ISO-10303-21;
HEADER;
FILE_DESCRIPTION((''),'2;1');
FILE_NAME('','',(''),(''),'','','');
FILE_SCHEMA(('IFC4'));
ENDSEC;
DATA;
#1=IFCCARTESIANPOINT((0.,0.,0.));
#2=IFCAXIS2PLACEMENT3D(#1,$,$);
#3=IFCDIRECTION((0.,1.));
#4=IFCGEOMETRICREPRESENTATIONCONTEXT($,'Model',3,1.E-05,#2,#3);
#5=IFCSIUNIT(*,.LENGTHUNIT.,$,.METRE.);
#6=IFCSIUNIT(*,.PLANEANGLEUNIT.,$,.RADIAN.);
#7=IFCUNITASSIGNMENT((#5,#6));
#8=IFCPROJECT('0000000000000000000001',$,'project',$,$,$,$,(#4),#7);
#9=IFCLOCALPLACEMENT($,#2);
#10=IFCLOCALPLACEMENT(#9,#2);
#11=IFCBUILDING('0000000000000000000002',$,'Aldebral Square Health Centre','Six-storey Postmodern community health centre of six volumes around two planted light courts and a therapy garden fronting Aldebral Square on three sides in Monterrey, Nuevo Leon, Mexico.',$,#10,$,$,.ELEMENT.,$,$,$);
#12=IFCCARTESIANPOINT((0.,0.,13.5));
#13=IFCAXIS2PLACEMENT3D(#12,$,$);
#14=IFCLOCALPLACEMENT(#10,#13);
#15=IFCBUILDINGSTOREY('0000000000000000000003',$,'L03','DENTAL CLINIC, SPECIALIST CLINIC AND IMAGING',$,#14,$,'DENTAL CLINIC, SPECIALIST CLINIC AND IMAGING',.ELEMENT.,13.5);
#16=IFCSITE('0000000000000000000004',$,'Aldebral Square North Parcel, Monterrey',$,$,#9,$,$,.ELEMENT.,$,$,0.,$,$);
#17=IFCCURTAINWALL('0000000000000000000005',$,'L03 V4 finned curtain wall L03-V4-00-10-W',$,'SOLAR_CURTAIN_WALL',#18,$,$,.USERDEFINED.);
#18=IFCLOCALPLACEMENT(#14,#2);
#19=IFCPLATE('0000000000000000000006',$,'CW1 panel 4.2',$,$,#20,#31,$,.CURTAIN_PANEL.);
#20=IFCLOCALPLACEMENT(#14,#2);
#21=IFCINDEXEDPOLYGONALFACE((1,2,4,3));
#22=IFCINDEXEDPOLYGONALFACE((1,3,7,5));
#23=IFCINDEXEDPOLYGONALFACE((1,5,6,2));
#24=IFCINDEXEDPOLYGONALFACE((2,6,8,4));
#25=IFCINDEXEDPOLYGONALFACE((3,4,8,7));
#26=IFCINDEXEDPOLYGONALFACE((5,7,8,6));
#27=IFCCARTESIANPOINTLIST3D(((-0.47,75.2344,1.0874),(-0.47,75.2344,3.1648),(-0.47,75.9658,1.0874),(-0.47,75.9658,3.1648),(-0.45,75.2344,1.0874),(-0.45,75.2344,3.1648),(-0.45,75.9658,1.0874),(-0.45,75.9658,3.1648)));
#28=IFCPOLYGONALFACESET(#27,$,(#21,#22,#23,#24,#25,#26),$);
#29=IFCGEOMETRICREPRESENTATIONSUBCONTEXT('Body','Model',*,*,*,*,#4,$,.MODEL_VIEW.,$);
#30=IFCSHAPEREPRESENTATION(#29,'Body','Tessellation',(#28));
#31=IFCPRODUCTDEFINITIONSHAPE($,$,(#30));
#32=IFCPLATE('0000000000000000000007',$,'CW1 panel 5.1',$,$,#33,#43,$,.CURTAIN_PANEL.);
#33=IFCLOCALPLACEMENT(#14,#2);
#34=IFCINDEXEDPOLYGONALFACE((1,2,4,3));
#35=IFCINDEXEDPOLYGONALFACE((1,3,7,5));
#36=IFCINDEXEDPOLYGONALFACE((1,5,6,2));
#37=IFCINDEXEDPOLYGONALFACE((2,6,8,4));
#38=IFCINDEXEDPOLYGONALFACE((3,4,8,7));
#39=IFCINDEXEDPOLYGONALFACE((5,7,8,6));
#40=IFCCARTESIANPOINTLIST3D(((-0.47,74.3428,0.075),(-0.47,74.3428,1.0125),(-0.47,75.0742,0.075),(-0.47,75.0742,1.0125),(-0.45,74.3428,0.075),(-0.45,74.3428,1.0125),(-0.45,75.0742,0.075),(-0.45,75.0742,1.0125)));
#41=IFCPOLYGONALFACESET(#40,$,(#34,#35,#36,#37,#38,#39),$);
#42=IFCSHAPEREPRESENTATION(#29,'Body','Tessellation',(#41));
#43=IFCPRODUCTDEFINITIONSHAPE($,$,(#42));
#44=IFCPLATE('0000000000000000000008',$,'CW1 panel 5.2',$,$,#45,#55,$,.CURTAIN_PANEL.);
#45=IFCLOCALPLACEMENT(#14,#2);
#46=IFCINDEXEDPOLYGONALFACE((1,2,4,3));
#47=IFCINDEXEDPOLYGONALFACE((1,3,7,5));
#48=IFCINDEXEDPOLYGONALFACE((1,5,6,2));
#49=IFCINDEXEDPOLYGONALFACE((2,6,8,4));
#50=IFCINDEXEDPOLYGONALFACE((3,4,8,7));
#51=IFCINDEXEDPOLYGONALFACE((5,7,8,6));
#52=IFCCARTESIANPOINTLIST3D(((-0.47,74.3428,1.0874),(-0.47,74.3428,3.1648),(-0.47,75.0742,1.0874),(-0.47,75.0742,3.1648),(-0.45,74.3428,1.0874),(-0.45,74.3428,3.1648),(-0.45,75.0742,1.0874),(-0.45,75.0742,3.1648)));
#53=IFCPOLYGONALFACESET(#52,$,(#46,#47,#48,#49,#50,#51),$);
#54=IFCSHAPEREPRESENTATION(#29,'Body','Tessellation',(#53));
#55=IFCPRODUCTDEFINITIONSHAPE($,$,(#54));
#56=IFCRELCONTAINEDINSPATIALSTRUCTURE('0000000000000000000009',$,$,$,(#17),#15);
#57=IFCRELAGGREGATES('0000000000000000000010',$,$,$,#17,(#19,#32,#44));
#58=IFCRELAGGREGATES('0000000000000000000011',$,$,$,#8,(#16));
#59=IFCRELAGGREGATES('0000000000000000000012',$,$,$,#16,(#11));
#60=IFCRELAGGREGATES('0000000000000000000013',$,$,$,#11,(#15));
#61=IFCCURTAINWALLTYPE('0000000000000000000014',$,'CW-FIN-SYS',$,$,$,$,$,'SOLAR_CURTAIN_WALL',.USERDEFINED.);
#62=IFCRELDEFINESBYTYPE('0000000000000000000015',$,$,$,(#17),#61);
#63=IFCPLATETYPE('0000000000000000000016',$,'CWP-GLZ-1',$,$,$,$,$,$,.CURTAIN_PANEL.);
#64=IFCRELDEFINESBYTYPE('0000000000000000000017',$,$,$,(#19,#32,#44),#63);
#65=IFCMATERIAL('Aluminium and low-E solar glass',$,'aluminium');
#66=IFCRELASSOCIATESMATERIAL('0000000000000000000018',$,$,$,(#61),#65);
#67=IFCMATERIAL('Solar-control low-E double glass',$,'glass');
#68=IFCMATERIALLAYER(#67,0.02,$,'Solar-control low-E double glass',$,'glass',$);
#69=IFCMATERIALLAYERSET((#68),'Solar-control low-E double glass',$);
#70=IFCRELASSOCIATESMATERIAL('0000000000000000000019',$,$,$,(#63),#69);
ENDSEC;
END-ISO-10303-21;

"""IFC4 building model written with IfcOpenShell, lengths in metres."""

from ifc_helpers import new_model, si_unit, direction, frame, origin, origin_2d, place, context, subcontext, project, spatial, rectangle, extrude, material, layer, layer_set, type_object, element, aggregate, save


model = new_model("IFC4")

# Units and contexts
model_context = context("Model", 3, precision=1e-05, world=origin(), true_north=direction((0.0, 1.0)))
body_context = subcontext(model_context, "Body", "Model", "MODEL_VIEW")
ifc_project = project(units=[si_unit("LENGTHUNIT", "METRE"), si_unit("PLANEANGLEUNIT", "RADIAN")], contexts=[model_context])

# Site, building, storey
site_placement = place(None, origin())
site = spatial("IfcSite", under=ifc_project, at=site_placement, Name="Aldebral Square North Parcel, Monterrey", CompositionType="ELEMENT", RefElevation=0.0)
building_placement = place(site_placement, origin())
building = spatial("IfcBuilding", under=site, at=building_placement, Name="Aldebral Square Health Centre", Description="Six-storey Postmodern community health centre of six volumes around two planted light courts and a therapy garden fronting Aldebral Square on three sides in Monterrey, Nuevo Leon, Mexico.", CompositionType="ELEMENT")
storey_placement = place(building_placement, frame((0.0, 0.0, 13.5)))
storey = spatial("IfcBuildingStorey", under=building, at=storey_placement, Name="L03", Description="DENTAL CLINIC, SPECIALIST CLINIC AND IMAGING", LongName="DENTAL CLINIC, SPECIALIST CLINIC AND IMAGING", CompositionType="ELEMENT", Elevation=13.5)

# Curtain wall, plates
ifc_material_1 = material(Name="Aluminium and low-E solar glass", Category="aluminium")
curtain_wall_type = type_object("IfcCurtainWallType", Name="CW-FIN-SYS", ElementType="SOLAR_CURTAIN_WALL", PredefinedType="USERDEFINED", material=ifc_material_1)
curtain_wall_placement = place(storey_placement, origin())
curtain_wall = element("IfcCurtainWall", 1, at=curtain_wall_placement, inside=storey, type_object=curtain_wall_type, Name="L03 V4 finned curtain wall L03-V4-00-10-W", ObjectType="SOLAR_CURTAIN_WALL", PredefinedType="USERDEFINED")
ifc_material_2 = material(Name="Solar-control low-E double glass", Category="glass")
ifc_layer = layer(ifc_material_2, 0.02, Name="Solar-control low-E double glass", Category="glass")
ifc_layer_set = layer_set([ifc_layer], Name="Solar-control low-E double glass")
plate_type = type_object("IfcPlateType", Name="CWP-GLZ-1", PredefinedType="CURTAIN_PANEL", material=ifc_layer_set)
plate_1_placement = place(storey_placement, frame((-0.46, 75.6001, 1.0874), z_axis=(0.0, 0.0, 1.0), x_axis=(0.0, -1.0, 0.0)))
plate_1 = element("IfcPlate", 2, at=plate_1_placement, type_object=plate_type, Name="CW1 panel 4.2", PredefinedType="CURTAIN_PANEL", context=body_context, shape_type="SweptSolid", body=[
    extrude(rectangle(XDim=0.7314, YDim=0.02, at=origin_2d()), origin(), (0.0, 0.0, 1.0), 2.0774),
])
plate_2_placement = place(storey_placement, frame((-0.46, 74.7085, 0.075), z_axis=(0.0, 0.0, 1.0), x_axis=(0.0, -1.0, 0.0)))
plate_2 = element("IfcPlate", 3, at=plate_2_placement, type_object=plate_type, Name="CW1 panel 5.1", PredefinedType="CURTAIN_PANEL", context=body_context, shape_type="SweptSolid", body=[
    extrude(rectangle(XDim=0.7314, YDim=0.02, at=origin_2d()), origin(), (0.0, 0.0, 1.0), 0.9375),
])
plate_3_placement = place(storey_placement, frame((-0.46, 74.7085, 1.0874), z_axis=(0.0, 0.0, 1.0), x_axis=(0.0, -1.0, 0.0)))
plate_3 = element("IfcPlate", 4, at=plate_3_placement, type_object=plate_type, Name="CW1 panel 5.2", PredefinedType="CURTAIN_PANEL", context=body_context, shape_type="SweptSolid", body=[
    extrude(rectangle(XDim=0.7314, YDim=0.02, at=origin_2d()), origin(), (0.0, 0.0, 1.0), 2.0774),
])
aggregate(curtain_wall, [plate_1, plate_2, plate_3])

save(model, "model.ifc")
